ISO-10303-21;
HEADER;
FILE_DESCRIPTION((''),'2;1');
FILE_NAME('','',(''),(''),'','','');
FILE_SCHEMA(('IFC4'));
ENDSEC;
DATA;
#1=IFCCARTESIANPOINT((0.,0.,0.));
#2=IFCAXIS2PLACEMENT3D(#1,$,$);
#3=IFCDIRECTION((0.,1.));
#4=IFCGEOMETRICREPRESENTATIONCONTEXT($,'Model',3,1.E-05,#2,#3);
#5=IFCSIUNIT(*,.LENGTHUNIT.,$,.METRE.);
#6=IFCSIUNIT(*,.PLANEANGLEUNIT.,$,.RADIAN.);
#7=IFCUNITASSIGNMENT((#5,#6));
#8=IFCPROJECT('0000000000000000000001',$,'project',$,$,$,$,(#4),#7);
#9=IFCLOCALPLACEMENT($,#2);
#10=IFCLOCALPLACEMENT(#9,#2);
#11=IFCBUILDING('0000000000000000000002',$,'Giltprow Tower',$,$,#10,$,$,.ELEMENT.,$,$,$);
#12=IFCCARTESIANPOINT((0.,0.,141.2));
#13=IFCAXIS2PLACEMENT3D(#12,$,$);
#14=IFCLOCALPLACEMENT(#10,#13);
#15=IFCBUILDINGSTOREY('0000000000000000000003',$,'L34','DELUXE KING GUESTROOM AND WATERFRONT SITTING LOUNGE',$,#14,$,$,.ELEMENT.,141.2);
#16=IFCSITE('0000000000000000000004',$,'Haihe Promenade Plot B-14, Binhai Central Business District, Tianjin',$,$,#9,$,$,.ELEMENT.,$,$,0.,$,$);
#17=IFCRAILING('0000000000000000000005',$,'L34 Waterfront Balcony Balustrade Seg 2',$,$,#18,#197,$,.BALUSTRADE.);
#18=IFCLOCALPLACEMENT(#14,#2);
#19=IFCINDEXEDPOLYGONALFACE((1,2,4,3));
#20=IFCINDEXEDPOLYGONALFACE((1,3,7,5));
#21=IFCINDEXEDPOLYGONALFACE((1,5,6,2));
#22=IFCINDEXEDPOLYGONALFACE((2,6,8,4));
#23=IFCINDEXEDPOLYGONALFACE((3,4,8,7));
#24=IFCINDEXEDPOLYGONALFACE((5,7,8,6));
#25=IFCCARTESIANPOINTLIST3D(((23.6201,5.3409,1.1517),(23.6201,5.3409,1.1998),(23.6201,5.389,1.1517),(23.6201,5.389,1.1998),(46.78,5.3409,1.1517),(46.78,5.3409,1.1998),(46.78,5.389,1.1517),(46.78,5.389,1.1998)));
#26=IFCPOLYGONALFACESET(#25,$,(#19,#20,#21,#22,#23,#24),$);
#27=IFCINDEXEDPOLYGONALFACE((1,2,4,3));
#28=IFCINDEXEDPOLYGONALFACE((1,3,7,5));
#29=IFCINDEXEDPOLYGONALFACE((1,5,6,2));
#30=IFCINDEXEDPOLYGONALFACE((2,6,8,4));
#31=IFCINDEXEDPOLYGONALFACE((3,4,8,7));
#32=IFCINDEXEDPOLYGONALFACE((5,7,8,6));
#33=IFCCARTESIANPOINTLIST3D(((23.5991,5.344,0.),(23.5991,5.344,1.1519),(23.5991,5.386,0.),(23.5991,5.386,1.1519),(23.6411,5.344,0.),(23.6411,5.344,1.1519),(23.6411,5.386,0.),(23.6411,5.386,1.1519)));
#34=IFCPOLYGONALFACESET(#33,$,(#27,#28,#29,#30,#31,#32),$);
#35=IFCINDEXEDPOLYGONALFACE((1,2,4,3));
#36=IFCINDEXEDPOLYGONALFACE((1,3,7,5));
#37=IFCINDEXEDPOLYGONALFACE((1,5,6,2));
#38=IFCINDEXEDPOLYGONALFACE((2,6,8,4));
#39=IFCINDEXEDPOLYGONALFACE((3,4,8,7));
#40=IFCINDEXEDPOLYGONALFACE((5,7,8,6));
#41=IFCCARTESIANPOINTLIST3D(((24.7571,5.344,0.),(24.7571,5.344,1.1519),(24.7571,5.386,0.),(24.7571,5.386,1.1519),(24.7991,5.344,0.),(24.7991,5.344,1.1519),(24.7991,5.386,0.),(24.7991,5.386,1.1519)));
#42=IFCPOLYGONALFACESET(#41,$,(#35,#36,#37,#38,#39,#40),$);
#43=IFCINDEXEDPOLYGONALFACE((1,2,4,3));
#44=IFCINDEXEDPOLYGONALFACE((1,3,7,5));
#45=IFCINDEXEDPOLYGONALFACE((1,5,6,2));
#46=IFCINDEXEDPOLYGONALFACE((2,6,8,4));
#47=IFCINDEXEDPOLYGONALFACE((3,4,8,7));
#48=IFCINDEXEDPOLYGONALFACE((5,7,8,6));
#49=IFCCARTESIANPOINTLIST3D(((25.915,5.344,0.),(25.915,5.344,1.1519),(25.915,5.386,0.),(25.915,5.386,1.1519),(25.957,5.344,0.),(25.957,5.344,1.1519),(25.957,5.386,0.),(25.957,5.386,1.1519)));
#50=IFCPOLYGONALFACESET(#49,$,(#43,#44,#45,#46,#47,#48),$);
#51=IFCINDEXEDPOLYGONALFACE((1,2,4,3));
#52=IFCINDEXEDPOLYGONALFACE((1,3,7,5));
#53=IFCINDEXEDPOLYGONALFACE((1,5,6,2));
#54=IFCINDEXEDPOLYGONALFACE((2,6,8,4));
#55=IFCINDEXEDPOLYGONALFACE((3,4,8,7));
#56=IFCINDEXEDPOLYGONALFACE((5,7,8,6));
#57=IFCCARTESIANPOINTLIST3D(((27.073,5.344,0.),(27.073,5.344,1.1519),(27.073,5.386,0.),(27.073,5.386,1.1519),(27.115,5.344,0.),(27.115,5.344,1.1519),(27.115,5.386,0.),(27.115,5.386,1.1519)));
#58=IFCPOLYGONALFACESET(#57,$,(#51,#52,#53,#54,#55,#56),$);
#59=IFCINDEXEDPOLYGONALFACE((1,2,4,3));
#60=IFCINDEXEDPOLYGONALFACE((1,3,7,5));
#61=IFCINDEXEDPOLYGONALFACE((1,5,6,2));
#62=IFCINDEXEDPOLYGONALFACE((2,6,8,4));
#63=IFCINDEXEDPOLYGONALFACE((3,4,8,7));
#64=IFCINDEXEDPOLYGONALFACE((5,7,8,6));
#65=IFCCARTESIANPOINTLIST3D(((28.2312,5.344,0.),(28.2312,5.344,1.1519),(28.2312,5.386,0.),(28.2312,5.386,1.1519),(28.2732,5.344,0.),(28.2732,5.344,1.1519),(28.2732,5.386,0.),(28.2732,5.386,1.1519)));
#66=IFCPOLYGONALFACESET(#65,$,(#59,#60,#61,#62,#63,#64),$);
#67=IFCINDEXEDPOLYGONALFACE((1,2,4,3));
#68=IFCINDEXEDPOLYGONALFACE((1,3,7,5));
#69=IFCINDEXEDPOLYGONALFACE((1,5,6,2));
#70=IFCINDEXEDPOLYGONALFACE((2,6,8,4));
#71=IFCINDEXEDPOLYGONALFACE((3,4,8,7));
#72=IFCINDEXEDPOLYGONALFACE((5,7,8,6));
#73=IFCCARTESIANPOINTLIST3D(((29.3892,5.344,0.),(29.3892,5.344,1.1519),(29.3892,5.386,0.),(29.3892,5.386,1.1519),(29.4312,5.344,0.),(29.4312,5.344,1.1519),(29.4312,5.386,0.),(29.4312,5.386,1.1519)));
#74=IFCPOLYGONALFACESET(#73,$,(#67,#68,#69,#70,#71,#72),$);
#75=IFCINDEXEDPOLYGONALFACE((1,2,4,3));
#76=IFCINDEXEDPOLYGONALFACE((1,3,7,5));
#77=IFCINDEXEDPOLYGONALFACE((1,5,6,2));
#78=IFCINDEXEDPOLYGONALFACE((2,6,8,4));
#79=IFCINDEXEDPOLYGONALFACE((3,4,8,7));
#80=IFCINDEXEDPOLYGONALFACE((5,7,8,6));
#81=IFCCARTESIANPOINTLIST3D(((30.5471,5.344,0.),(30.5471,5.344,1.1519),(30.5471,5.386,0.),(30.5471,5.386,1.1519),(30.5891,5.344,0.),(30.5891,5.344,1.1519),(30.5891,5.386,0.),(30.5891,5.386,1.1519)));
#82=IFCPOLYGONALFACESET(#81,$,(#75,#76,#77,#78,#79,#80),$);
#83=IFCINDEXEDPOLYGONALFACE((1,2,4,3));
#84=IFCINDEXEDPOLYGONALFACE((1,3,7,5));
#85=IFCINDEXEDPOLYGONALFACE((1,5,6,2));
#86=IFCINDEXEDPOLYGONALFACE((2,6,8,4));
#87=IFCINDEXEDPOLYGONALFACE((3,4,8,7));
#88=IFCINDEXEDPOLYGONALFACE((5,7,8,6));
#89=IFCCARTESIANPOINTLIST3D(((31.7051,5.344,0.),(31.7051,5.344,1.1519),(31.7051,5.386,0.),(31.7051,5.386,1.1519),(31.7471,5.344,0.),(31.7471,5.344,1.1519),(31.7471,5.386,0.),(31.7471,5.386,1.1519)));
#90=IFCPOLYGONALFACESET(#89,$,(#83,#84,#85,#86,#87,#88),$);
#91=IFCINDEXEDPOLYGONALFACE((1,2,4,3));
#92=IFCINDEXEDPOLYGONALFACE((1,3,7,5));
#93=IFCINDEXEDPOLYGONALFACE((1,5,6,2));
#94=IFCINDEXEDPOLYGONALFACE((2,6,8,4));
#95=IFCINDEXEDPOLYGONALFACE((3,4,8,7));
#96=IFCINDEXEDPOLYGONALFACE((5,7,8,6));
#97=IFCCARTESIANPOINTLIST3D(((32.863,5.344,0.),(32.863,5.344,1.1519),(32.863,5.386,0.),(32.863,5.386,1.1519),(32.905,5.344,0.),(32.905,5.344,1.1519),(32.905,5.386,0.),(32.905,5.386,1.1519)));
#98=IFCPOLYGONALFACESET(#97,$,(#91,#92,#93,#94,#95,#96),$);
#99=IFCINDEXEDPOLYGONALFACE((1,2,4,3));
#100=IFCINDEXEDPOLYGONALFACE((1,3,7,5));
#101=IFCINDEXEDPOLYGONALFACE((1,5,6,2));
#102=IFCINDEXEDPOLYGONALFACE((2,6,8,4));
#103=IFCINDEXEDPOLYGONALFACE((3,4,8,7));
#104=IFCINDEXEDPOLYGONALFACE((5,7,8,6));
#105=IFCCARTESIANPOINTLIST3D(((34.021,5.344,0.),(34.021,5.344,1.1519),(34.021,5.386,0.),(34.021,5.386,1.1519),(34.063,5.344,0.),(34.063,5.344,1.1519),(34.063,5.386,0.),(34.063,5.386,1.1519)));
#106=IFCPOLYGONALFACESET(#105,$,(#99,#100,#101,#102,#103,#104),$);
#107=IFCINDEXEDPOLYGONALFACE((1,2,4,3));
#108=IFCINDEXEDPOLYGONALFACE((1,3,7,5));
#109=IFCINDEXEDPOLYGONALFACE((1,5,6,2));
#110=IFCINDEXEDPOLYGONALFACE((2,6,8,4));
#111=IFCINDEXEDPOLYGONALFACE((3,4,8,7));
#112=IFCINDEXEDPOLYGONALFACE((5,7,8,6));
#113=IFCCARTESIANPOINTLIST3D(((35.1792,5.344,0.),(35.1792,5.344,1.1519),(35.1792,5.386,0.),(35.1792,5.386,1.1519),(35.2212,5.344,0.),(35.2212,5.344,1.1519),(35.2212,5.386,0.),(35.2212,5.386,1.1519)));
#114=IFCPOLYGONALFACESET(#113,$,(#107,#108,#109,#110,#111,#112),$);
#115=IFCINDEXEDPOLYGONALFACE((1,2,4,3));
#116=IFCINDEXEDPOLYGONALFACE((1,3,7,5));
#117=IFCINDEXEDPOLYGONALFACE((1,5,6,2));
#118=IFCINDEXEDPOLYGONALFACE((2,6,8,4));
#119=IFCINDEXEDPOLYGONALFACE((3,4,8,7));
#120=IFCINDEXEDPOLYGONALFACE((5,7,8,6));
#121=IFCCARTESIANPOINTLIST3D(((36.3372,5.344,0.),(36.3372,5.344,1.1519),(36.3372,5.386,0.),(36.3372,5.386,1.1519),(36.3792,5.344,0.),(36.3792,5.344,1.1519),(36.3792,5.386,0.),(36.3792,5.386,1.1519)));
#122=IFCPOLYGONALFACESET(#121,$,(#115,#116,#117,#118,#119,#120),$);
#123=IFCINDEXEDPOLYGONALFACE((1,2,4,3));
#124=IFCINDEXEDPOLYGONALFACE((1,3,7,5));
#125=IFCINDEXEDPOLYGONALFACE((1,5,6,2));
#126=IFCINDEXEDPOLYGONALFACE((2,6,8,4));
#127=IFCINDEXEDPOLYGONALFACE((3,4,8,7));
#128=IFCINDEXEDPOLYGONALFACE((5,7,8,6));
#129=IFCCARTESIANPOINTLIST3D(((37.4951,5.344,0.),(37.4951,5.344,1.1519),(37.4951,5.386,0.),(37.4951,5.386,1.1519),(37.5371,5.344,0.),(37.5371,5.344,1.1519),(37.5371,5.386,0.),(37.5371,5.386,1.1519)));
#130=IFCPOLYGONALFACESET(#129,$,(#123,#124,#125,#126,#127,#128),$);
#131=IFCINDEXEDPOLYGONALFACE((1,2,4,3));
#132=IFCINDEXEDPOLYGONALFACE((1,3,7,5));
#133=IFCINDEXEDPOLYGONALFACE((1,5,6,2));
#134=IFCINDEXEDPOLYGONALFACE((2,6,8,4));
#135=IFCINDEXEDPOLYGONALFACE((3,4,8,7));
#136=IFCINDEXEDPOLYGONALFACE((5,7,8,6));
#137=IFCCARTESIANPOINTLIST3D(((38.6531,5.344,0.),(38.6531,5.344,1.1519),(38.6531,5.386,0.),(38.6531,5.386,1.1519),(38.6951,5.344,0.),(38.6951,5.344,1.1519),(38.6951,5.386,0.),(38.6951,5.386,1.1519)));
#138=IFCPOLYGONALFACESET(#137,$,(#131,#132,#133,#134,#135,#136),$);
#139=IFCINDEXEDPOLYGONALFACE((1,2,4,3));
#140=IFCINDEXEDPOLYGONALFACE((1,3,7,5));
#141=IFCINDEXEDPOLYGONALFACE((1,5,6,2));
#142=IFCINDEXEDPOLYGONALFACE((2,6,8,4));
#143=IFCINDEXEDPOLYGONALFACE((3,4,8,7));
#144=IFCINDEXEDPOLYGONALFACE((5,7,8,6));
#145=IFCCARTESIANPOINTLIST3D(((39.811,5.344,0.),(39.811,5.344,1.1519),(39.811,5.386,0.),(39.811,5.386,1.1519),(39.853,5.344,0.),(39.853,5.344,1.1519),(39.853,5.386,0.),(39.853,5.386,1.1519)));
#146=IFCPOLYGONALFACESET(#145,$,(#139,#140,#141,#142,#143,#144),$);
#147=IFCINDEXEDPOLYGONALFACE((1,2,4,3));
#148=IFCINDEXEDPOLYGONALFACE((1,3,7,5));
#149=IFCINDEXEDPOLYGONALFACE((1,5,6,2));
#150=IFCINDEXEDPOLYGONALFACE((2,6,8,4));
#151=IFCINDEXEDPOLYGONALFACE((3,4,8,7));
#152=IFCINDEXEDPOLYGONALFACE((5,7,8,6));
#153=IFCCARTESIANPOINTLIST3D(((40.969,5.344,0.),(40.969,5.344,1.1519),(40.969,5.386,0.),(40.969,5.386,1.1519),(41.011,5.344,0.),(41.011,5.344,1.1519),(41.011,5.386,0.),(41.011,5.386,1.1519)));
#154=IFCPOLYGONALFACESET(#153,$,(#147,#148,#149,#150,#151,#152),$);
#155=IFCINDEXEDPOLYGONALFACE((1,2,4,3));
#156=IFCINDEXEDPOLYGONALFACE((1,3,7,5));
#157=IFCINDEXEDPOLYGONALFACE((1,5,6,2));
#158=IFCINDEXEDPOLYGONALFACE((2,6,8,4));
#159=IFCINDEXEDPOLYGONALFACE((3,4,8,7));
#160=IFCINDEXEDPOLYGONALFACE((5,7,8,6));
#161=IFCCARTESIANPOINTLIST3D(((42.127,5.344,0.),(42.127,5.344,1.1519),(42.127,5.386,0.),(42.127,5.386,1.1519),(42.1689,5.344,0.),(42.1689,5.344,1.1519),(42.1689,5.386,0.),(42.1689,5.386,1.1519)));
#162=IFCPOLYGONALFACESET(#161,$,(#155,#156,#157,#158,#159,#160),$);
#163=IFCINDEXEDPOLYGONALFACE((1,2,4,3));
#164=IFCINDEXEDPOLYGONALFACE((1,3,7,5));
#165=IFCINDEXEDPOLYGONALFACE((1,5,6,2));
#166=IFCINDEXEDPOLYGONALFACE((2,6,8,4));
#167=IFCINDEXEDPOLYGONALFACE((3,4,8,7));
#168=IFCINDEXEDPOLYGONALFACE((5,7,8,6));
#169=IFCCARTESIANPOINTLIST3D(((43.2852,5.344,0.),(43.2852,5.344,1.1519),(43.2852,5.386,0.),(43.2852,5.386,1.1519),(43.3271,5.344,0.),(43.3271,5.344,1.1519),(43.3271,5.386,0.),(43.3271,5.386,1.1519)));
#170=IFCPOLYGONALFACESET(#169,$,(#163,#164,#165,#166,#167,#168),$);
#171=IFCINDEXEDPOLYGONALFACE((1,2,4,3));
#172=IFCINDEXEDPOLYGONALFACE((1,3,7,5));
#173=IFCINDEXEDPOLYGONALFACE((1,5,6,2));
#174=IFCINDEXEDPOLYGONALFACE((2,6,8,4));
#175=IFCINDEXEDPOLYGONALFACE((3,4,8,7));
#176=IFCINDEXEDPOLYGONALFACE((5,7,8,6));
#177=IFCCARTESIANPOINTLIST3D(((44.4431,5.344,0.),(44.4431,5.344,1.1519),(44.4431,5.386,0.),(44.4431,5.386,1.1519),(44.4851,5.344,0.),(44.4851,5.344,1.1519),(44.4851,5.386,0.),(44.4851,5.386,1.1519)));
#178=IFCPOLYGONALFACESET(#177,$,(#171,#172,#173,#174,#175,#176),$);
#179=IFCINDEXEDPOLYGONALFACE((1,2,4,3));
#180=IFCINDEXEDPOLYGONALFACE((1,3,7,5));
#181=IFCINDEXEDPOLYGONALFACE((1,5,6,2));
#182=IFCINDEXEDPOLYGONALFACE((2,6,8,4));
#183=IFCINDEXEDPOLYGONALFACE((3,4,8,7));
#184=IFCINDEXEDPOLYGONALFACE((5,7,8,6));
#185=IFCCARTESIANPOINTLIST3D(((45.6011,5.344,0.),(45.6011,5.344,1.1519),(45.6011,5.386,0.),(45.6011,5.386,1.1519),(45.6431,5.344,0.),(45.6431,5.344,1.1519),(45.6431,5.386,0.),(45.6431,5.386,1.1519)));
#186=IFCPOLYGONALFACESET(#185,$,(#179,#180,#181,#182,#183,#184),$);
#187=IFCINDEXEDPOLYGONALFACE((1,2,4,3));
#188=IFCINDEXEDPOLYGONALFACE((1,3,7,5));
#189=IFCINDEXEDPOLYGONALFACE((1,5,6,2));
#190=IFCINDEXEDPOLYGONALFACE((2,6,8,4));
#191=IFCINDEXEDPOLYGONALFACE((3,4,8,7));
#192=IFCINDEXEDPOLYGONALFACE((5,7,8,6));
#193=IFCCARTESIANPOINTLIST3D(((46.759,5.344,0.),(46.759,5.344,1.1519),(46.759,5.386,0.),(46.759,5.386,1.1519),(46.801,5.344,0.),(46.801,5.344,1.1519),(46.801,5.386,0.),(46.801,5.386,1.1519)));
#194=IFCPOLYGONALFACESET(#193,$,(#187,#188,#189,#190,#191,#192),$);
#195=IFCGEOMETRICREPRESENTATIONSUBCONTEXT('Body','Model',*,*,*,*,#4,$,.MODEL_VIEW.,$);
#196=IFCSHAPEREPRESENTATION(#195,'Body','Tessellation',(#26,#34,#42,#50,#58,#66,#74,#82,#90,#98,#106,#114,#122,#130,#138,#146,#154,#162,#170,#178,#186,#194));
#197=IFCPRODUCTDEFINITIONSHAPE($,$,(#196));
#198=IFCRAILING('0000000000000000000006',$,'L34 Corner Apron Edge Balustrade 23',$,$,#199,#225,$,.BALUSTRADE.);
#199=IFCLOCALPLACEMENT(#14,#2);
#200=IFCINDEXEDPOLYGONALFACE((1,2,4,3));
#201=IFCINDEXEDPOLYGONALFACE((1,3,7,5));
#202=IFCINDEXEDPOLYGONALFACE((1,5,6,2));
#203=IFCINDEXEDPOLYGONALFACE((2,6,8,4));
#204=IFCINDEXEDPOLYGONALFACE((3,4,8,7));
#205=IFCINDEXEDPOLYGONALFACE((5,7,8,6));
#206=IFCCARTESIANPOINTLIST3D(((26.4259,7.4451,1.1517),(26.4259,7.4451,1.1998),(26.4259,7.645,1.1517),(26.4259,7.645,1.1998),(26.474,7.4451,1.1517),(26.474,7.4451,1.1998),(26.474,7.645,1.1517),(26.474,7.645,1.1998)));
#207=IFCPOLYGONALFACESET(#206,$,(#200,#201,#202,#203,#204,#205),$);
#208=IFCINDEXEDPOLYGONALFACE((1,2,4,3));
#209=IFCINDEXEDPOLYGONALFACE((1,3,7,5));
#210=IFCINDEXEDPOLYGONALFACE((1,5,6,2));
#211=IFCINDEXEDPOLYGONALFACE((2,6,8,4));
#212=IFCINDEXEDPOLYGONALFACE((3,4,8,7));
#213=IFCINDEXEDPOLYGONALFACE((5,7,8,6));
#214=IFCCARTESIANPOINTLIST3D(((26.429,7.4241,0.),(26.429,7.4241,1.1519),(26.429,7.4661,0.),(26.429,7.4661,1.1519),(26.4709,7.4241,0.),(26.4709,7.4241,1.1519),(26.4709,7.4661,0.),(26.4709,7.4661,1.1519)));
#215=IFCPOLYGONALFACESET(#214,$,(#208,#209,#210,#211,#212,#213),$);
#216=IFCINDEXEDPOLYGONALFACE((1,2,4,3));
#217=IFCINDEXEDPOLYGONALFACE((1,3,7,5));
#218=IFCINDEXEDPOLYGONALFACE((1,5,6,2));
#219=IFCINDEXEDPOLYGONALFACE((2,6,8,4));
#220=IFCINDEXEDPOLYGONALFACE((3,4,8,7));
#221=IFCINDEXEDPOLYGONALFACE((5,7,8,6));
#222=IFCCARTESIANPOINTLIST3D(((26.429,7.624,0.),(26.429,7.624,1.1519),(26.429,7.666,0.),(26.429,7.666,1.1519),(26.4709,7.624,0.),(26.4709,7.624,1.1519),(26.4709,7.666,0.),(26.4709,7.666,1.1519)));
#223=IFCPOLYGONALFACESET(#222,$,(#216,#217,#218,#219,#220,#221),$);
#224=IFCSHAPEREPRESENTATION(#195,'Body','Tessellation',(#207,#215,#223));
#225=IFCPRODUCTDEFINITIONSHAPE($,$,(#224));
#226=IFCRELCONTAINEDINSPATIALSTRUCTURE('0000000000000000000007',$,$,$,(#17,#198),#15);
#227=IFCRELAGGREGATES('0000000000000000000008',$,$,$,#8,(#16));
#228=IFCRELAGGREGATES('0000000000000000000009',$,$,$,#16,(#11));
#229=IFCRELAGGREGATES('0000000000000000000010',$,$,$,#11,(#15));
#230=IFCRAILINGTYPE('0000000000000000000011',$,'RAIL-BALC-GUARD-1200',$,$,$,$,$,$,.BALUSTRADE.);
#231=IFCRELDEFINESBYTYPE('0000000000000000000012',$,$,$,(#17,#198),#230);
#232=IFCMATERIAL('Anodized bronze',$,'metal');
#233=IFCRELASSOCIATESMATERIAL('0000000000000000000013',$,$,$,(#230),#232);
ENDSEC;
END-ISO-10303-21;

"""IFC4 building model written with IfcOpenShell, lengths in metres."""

from ifc_helpers import new_model, si_unit, direction, frame, origin, origin_2d, place, context, subcontext, project, spatial, rectangle, extrude, material, type_object, element, save


model = new_model("IFC4")

# Units and contexts
model_context = context("Model", 3, precision=1e-05, world=origin(), true_north=direction((0.0, 1.0)))
body_context = subcontext(model_context, "Body", "Model", "MODEL_VIEW")
ifc_project = project(units=[si_unit("LENGTHUNIT", "METRE"), si_unit("PLANEANGLEUNIT", "RADIAN")], contexts=[model_context])

# Site, building, storey
site_placement = place(None, origin())
site = spatial("IfcSite", under=ifc_project, at=site_placement, Name="Haihe Promenade Plot B-14, Binhai Central Business District, Tianjin", CompositionType="ELEMENT", RefElevation=0.0)
building_placement = place(site_placement, origin())
building = spatial("IfcBuilding", under=site, at=building_placement, Name="Giltprow Tower", CompositionType="ELEMENT")
storey_placement = place(building_placement, frame((0.0, 0.0, 141.2)))
storey = spatial("IfcBuildingStorey", under=building, at=storey_placement, Name="L34", Description="DELUXE KING GUESTROOM AND WATERFRONT SITTING LOUNGE", CompositionType="ELEMENT", Elevation=141.2)

# Railings
ifc_material_1 = material(Name="Anodized bronze", Category="metal")
railing_type = type_object("IfcRailingType", Name="RAIL-BALC-GUARD-1200", PredefinedType="BALUSTRADE", material=ifc_material_1)
railing_1_placement = place(storey_placement, frame((23.6201, 5.365, 0.0)))
element("IfcRailing", 1, at=railing_1_placement, inside=storey, type_object=railing_type, Name="L34 Waterfront Balcony Balustrade Seg 2", PredefinedType="BALUSTRADE", context=body_context, shape_type="SweptSolid", body=[
    extrude(rectangle(XDim=0.0481, YDim=0.0481, at=origin_2d()), frame((0.0, 0.0, 1.1758), z_axis=(1.0, 0.0, 0.0), x_axis=(0.0, 1.0, 0.0)), (0.0, 0.0, 1.0), 23.1599),
    extrude(rectangle(XDim=0.042, YDim=0.042, at=origin_2d()), origin(), (0.0, 0.0, 1.0), 1.1519),
    extrude(rectangle(XDim=0.042, YDim=0.042, at=origin_2d()), frame((1.158, 0.0, 0.0)), (0.0, 0.0, 1.0), 1.1519),
    extrude(rectangle(XDim=0.042, YDim=0.042, at=origin_2d()), frame((2.3159, 0.0, 0.0)), (0.0, 0.0, 1.0), 1.1519),
    extrude(rectangle(XDim=0.042, YDim=0.042, at=origin_2d()), frame((3.4739, 0.0, 0.0)), (0.0, 0.0, 1.0), 1.1519),
    extrude(rectangle(XDim=0.042, YDim=0.042, at=origin_2d()), frame((4.6321, 0.0, 0.0)), (0.0, 0.0, 1.0), 1.1519),
    extrude(rectangle(XDim=0.042, YDim=0.042, at=origin_2d()), frame((5.79, 0.0, 0.0)), (0.0, 0.0, 1.0), 1.1519),
    extrude(rectangle(XDim=0.042, YDim=0.042, at=origin_2d()), frame((6.948, 0.0, 0.0)), (0.0, 0.0, 1.0), 1.1519),
    extrude(rectangle(XDim=0.042, YDim=0.042, at=origin_2d()), frame((8.106, 0.0, 0.0)), (0.0, 0.0, 1.0), 1.1519),
    extrude(rectangle(XDim=0.042, YDim=0.042, at=origin_2d()), frame((9.2639, 0.0, 0.0)), (0.0, 0.0, 1.0), 1.1519),
    extrude(rectangle(XDim=0.042, YDim=0.042, at=origin_2d()), frame((10.4219, 0.0, 0.0)), (0.0, 0.0, 1.0), 1.1519),
    extrude(rectangle(XDim=0.042, YDim=0.042, at=origin_2d()), frame((11.5801, 0.0, 0.0)), (0.0, 0.0, 1.0), 1.1519),
    extrude(rectangle(XDim=0.042, YDim=0.042, at=origin_2d()), frame((12.738, 0.0, 0.0)), (0.0, 0.0, 1.0), 1.1519),
    extrude(rectangle(XDim=0.042, YDim=0.042, at=origin_2d()), frame((13.896, 0.0, 0.0)), (0.0, 0.0, 1.0), 1.1519),
    extrude(rectangle(XDim=0.042, YDim=0.042, at=origin_2d()), frame((15.054, 0.0, 0.0)), (0.0, 0.0, 1.0), 1.1519),
    extrude(rectangle(XDim=0.042, YDim=0.042, at=origin_2d()), frame((16.2119, 0.0, 0.0)), (0.0, 0.0, 1.0), 1.1519),
    extrude(rectangle(XDim=0.042, YDim=0.042, at=origin_2d()), frame((17.3699, 0.0, 0.0)), (0.0, 0.0, 1.0), 1.1519),
    extrude(rectangle(XDim=0.042, YDim=0.042, at=origin_2d()), frame((18.5278, 0.0, 0.0)), (0.0, 0.0, 1.0), 1.1519),
    extrude(rectangle(XDim=0.042, YDim=0.042, at=origin_2d()), frame((19.686, 0.0, 0.0)), (0.0, 0.0, 1.0), 1.1519),
    extrude(rectangle(XDim=0.042, YDim=0.042, at=origin_2d()), frame((20.844, 0.0, 0.0)), (0.0, 0.0, 1.0), 1.1519),
    extrude(rectangle(XDim=0.042, YDim=0.042, at=origin_2d()), frame((22.002, 0.0, 0.0)), (0.0, 0.0, 1.0), 1.1519),
    extrude(rectangle(XDim=0.042, YDim=0.042, at=origin_2d()), frame((23.1599, 0.0, 0.0)), (0.0, 0.0, 1.0), 1.1519),
])
railing_2_placement = place(storey_placement, frame((26.45, 7.4451, 0.0)))
element("IfcRailing", 2, at=railing_2_placement, inside=storey, type_object=railing_type, Name="L34 Corner Apron Edge Balustrade 23", PredefinedType="BALUSTRADE", context=body_context, shape_type="SweptSolid", body=[
    extrude(rectangle(XDim=0.0481, YDim=0.0481, at=origin_2d()), frame((0.0, 0.0, 1.1758), z_axis=(0.0, 1.0, 0.0), x_axis=(-1.0, 0.0, 0.0)), (0.0, 0.0, 1.0), 0.2),
    extrude(rectangle(XDim=0.042, YDim=0.042, at=origin_2d()), origin(), (0.0, 0.0, 1.0), 1.1519),
    extrude(rectangle(XDim=0.042, YDim=0.042, at=origin_2d()), frame((0.0, 0.2, 0.0)), (0.0, 0.0, 1.0), 1.1519),
])

save(model, "model.ifc")
